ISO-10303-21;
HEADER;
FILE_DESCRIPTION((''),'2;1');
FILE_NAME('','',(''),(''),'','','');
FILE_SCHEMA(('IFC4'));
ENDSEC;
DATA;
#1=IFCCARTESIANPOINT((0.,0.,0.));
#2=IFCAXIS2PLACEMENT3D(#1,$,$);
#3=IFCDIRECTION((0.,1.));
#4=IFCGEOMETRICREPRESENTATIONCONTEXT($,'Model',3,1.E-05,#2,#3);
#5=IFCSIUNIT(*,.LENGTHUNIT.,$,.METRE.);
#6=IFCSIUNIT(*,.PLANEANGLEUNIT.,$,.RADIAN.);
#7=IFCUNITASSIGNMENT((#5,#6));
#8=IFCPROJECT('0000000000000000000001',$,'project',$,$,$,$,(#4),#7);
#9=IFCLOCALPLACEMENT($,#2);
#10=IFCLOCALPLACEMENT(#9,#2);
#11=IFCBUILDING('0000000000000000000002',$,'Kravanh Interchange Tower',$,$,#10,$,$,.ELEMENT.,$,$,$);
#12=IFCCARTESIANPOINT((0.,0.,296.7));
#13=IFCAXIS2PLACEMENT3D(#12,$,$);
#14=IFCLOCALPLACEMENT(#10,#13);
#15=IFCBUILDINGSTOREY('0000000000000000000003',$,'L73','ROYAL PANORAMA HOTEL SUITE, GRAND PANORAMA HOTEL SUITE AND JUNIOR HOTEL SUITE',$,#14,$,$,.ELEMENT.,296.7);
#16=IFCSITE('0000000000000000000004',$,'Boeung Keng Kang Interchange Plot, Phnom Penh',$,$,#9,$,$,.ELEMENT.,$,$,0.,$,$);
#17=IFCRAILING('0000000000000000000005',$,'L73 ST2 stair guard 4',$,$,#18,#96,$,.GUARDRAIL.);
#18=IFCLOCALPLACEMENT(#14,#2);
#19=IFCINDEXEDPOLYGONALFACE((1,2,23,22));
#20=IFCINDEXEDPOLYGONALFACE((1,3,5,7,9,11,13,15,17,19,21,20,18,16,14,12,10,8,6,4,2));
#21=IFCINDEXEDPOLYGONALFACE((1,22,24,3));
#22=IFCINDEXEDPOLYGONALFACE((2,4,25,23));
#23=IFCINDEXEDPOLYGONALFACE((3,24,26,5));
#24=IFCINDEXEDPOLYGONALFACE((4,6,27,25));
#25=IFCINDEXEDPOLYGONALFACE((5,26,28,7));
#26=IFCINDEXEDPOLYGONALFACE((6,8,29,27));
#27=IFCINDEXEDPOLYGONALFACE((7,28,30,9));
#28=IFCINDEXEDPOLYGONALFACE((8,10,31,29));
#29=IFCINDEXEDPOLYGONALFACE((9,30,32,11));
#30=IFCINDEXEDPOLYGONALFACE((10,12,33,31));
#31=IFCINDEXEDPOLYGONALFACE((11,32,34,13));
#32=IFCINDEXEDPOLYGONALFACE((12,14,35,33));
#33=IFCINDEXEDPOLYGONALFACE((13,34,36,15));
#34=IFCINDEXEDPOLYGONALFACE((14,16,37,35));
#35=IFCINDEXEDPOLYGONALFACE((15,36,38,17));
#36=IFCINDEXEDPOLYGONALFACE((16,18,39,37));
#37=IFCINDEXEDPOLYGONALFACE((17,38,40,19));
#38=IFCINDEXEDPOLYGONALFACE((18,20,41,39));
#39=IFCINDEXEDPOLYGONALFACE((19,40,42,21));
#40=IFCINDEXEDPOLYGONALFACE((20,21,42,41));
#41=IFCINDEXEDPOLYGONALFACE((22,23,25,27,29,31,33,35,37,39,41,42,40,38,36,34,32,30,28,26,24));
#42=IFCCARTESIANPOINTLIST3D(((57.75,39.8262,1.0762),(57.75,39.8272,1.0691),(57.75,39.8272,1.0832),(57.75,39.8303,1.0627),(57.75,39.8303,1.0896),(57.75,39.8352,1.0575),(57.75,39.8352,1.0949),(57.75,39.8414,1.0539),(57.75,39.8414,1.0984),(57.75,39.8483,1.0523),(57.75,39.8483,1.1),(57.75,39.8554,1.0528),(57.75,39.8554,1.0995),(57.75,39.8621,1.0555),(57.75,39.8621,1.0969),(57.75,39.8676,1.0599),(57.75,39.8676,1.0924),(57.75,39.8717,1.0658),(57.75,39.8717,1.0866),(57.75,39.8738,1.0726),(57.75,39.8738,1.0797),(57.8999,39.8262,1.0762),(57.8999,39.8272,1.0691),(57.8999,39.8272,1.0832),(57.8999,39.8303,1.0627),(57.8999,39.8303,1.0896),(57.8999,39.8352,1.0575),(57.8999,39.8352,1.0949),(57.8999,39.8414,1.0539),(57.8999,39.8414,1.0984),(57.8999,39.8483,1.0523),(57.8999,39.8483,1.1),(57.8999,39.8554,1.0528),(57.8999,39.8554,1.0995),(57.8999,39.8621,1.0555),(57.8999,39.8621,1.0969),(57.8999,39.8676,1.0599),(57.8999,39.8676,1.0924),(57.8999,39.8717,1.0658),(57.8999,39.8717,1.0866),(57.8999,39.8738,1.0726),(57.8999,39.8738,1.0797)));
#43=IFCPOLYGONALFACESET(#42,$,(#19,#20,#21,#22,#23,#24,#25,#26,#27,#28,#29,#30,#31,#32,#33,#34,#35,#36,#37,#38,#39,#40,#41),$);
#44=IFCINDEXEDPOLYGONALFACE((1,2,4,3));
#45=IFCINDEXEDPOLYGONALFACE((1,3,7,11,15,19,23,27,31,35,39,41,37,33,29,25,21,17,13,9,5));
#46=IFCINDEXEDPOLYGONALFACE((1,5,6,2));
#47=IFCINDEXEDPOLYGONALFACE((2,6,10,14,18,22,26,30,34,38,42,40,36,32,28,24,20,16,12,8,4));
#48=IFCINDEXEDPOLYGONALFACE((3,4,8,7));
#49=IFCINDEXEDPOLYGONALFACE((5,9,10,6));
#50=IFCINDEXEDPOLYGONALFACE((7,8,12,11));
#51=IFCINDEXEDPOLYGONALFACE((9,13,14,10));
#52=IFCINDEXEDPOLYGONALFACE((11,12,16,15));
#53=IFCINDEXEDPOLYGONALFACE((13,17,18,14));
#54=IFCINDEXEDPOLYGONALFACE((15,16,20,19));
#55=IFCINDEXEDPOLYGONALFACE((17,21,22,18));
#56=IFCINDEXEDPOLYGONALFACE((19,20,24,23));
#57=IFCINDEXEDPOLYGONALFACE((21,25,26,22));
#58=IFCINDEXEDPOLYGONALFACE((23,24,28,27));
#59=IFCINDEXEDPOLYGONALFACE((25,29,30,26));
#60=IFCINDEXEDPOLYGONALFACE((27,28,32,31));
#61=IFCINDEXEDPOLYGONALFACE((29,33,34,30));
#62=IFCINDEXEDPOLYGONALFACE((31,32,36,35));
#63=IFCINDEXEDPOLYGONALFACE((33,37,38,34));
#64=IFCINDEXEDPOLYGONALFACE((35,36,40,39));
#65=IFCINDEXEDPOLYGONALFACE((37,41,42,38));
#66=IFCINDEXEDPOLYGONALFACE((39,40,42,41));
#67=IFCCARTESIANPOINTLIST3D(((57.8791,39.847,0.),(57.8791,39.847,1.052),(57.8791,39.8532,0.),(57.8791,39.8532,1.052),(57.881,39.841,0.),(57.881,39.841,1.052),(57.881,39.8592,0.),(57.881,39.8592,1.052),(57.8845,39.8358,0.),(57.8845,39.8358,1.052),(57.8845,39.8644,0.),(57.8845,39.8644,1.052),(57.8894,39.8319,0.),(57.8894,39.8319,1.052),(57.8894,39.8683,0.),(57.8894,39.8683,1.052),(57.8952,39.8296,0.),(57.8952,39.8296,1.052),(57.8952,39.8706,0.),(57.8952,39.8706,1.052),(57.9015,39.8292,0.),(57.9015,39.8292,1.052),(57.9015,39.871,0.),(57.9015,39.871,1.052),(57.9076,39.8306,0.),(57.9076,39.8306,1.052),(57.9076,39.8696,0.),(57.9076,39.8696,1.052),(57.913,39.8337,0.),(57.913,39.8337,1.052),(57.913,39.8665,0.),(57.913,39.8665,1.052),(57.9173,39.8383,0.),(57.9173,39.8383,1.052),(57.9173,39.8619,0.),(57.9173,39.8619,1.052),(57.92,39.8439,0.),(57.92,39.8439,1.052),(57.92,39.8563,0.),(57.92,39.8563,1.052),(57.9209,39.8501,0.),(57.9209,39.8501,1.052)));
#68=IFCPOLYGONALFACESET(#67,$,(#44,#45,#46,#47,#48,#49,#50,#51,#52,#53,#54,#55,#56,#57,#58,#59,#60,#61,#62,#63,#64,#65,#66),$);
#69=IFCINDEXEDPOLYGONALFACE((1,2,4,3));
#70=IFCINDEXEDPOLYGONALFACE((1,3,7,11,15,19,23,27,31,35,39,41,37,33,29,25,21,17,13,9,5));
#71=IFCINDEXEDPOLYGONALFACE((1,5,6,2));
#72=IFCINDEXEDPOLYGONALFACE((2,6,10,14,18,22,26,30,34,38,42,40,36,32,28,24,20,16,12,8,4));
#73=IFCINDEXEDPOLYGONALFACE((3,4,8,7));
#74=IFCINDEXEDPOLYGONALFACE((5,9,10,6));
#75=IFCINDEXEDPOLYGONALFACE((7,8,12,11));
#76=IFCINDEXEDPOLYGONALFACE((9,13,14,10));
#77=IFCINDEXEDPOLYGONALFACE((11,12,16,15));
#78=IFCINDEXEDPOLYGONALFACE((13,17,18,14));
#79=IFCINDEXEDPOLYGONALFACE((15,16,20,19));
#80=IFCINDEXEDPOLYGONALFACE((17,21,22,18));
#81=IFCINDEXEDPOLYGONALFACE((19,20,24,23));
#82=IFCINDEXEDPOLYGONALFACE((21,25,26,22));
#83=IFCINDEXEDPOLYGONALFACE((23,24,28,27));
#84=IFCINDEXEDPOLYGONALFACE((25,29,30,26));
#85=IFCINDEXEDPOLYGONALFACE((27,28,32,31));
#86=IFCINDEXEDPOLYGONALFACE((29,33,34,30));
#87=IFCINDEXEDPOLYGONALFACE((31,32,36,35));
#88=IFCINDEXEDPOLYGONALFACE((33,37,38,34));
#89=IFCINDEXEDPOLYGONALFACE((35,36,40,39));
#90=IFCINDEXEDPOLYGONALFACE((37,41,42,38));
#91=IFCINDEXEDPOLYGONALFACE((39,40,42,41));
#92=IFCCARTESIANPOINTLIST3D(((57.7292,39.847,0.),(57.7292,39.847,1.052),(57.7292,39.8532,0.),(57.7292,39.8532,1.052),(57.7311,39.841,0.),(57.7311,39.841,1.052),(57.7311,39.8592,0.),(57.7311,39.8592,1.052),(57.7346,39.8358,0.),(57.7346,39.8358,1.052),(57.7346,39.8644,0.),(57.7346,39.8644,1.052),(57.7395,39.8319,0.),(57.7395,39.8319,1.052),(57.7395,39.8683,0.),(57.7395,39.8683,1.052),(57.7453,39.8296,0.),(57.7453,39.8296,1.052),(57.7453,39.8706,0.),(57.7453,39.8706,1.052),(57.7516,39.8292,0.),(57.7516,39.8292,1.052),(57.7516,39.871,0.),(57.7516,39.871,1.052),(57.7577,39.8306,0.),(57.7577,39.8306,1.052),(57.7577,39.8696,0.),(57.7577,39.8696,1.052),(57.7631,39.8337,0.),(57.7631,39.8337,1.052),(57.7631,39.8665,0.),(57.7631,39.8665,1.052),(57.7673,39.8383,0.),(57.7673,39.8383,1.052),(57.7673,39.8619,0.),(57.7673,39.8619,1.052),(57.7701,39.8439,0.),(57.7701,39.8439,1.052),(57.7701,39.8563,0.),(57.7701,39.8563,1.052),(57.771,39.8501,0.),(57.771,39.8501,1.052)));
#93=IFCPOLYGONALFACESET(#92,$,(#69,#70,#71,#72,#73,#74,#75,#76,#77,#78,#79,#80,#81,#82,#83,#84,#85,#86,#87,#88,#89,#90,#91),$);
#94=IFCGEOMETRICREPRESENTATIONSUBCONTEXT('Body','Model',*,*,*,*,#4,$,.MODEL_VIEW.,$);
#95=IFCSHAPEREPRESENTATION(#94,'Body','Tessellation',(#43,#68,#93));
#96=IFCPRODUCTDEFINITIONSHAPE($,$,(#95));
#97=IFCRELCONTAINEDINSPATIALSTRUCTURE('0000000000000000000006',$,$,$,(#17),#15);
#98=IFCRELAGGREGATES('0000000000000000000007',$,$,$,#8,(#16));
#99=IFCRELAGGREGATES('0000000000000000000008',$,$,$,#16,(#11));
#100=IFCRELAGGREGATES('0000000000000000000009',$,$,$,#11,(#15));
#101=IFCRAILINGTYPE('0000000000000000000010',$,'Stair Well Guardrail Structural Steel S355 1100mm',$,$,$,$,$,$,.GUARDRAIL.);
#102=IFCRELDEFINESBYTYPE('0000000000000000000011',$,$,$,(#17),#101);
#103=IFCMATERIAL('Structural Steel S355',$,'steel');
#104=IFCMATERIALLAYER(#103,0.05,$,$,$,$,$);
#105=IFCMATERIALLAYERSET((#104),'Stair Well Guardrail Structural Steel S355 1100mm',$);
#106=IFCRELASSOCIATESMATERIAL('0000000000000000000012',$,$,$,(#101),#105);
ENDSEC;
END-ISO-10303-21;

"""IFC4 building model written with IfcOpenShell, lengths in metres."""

from ifc_helpers import new_model, si_unit, direction, frame, origin, origin_2d, place, context, subcontext, project, spatial, circle, extrude, material, layer, layer_set, type_object, element, save


model = new_model("IFC4")

# Units and contexts
model_context = context("Model", 3, precision=1e-05, world=origin(), true_north=direction((0.0, 1.0)))
body_context = subcontext(model_context, "Body", "Model", "MODEL_VIEW")
ifc_project = project(units=[si_unit("LENGTHUNIT", "METRE"), si_unit("PLANEANGLEUNIT", "RADIAN")], contexts=[model_context])

# Site, building, storey
site_placement = place(None, origin())
site = spatial("IfcSite", under=ifc_project, at=site_placement, Name="Boeung Keng Kang Interchange Plot, Phnom Penh", CompositionType="ELEMENT", RefElevation=0.0)
building_placement = place(site_placement, origin())
building = spatial("IfcBuilding", under=site, at=building_placement, Name="Kravanh Interchange Tower", CompositionType="ELEMENT")
storey_placement = place(building_placement, frame((0.0, 0.0, 296.7)))
storey = spatial("IfcBuildingStorey", under=building, at=storey_placement, Name="L73", Description="ROYAL PANORAMA HOTEL SUITE, GRAND PANORAMA HOTEL SUITE AND JUNIOR HOTEL SUITE", CompositionType="ELEMENT", Elevation=296.7)

# Railing
ifc_material_1 = material(Name="Structural Steel S355", Category="steel")
ifc_layer_1 = layer(ifc_material_1, 0.05)
ifc_layer_set_1 = layer_set([ifc_layer_1], Name="Stair Well Guardrail Structural Steel S355 1100mm")
railing_type_1 = type_object("IfcRailingType", Name="Stair Well Guardrail Structural Steel S355 1100mm", PredefinedType="GUARDRAIL", material=ifc_layer_set_1)
railing_1_placement = place(storey_placement, frame((57.8999, 39.8501, 0.0)))
element("IfcRailing", 1, at=railing_1_placement, inside=storey, type_object=railing_type_1, Name="L73 ST2 stair guard 4", PredefinedType="GUARDRAIL", context=body_context, shape_type="SweptSolid", body=[
    extrude(circle(Radius=0.0239, at=origin_2d()), frame((0.0, 0.0, 1.0762), z_axis=(-1.0, 0.0, 0.0), x_axis=(0.0, -1.0, 0.0)), (0.0, 0.0, 1.0), 0.1499),
    extrude(circle(Radius=0.021, at=origin_2d()), origin(), (0.0, 0.0, 1.0), 1.052),
    extrude(circle(Radius=0.021, at=origin_2d()), frame((-0.1499, 0.0, 0.0)), (0.0, 0.0, 1.0), 1.052),
])

save(model, "model.ifc")
